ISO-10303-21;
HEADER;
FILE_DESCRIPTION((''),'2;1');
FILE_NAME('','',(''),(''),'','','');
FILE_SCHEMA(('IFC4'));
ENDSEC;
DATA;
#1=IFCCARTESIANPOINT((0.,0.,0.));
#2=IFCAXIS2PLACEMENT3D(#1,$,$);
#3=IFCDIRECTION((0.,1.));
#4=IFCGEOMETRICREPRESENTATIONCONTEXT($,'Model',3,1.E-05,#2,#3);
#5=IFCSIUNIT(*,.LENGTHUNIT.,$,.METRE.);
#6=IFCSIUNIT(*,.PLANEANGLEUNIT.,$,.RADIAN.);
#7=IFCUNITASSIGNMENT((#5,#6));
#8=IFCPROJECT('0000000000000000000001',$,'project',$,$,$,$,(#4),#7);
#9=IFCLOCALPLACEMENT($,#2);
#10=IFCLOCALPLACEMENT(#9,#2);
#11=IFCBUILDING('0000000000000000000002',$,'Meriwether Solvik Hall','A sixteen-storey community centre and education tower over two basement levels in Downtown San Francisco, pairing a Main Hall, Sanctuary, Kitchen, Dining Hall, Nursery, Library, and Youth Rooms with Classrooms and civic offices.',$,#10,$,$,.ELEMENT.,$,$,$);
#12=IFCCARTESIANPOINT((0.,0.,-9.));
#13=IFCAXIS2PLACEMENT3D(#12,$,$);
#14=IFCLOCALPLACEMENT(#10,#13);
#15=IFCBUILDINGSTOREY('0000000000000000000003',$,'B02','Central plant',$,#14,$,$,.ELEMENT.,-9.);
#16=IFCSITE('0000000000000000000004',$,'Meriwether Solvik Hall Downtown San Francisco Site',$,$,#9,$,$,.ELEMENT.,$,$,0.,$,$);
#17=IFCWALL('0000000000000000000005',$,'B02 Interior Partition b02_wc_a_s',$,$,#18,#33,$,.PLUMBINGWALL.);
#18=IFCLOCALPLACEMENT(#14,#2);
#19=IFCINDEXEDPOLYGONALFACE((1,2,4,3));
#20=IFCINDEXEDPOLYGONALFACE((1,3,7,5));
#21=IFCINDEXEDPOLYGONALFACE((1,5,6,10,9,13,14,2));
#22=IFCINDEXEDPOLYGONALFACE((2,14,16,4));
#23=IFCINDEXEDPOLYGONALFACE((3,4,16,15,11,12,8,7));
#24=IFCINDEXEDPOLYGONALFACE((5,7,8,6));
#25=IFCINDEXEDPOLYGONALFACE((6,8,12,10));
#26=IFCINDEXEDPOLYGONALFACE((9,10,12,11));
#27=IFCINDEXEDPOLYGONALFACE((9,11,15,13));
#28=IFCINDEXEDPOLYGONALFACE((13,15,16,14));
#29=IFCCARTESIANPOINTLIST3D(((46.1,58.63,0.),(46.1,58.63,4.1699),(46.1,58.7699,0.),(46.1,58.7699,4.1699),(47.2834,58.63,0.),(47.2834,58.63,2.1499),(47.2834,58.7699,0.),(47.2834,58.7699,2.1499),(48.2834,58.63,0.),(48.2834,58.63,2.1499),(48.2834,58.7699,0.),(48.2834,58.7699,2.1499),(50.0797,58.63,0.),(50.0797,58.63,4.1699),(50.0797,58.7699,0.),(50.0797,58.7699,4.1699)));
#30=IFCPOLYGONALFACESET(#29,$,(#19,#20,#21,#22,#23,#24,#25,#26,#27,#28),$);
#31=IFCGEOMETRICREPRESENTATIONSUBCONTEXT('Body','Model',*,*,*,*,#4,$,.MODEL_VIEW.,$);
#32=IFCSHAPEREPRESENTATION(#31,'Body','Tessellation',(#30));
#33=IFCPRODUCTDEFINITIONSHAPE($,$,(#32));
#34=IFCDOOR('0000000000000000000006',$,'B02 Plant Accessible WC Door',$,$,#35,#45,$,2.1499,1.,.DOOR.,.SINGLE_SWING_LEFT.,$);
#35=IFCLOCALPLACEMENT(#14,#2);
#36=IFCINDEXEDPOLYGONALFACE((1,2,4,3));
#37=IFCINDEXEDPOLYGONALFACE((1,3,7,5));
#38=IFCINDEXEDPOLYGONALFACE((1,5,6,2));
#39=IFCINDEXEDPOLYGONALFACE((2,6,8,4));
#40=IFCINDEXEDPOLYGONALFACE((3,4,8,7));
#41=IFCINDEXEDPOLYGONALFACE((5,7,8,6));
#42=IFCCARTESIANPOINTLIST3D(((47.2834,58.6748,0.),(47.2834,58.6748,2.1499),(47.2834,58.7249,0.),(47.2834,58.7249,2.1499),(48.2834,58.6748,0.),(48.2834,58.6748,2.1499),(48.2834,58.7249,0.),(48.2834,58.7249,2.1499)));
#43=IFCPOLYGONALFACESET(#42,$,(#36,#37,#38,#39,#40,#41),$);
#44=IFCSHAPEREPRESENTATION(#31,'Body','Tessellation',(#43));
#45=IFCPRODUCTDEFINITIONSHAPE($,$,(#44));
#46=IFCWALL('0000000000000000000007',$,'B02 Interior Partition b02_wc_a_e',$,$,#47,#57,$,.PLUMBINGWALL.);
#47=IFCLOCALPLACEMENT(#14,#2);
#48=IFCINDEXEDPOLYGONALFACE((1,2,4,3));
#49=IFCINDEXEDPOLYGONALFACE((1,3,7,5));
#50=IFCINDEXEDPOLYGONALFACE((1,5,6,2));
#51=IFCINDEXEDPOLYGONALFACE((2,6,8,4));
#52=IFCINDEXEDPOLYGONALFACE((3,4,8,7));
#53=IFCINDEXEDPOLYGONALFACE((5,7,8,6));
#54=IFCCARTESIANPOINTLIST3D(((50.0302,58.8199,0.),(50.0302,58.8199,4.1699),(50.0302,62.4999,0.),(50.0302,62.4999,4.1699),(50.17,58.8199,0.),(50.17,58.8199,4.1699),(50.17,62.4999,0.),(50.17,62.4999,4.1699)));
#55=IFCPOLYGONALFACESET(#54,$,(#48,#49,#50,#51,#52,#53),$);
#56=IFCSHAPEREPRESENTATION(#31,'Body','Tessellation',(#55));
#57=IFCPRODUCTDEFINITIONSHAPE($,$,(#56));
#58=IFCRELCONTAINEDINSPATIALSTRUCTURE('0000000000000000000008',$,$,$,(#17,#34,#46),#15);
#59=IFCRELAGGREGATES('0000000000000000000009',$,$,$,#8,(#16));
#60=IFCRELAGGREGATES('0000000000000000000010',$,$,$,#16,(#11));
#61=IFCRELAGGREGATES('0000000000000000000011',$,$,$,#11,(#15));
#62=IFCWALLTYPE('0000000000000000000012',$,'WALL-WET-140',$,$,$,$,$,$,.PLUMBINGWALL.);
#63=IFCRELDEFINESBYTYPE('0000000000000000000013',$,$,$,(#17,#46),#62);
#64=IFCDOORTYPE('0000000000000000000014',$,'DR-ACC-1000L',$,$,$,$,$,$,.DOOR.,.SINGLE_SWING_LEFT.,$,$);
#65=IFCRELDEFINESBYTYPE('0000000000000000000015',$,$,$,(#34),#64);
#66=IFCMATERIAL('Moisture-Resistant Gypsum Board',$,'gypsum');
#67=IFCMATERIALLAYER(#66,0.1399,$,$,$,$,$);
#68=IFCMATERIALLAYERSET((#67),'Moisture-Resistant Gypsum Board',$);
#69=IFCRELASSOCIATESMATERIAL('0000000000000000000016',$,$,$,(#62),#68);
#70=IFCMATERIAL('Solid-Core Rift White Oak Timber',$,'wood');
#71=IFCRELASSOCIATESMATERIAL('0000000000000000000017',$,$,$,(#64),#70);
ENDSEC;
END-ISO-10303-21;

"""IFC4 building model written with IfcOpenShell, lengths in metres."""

from ifc_helpers import new_model, si_unit, direction, frame, frame_2d, origin, place, context, subcontext, project, spatial, rectangle, extrude, material, layer, layer_set, type_object, element, fill, save


model = new_model("IFC4")

# Units and contexts
model_context = context("Model", 3, precision=1e-05, world=origin(), true_north=direction((0.0, 1.0)))
body_context = subcontext(model_context, "Body", "Model", "MODEL_VIEW")
ifc_project = project(units=[si_unit("LENGTHUNIT", "METRE"), si_unit("PLANEANGLEUNIT", "RADIAN")], contexts=[model_context])

# Site, building, storey
site_placement = place(None, origin())
site = spatial("IfcSite", under=ifc_project, at=site_placement, Name="Meriwether Solvik Hall Downtown San Francisco Site", CompositionType="ELEMENT", RefElevation=0.0)
building_placement = place(site_placement, origin())
building = spatial("IfcBuilding", under=site, at=building_placement, Name="Meriwether Solvik Hall", Description="A sixteen-storey community centre and education tower over two basement levels in Downtown San Francisco, pairing a Main Hall, Sanctuary, Kitchen, Dining Hall, Nursery, Library, and Youth Rooms with Classrooms and civic offices.", CompositionType="ELEMENT")
storey_placement = place(building_placement, frame((0.0, 0.0, -9.0)))
storey = spatial("IfcBuildingStorey", under=building, at=storey_placement, Name="B02", Description="Central plant", CompositionType="ELEMENT", Elevation=-9.0)

# Shared definitions
ifc_material_1 = material(Name="Moisture-Resistant Gypsum Board", Category="gypsum")
ifc_layer_1 = layer(ifc_material_1, 0.1399)
ifc_layer_set_1 = layer_set([ifc_layer_1], Name="Moisture-Resistant Gypsum Board")
wall_type = type_object("IfcWallType", Name="WALL-WET-140", PredefinedType="PLUMBINGWALL", material=ifc_layer_set_1)

# Wall, opening, door
wall_1_placement = place(storey_placement, frame((46.1001, 58.7, 0.0), z_axis=(0.0, 0.0, 1.0), x_axis=(1.0, 0.0, 0.0)))
wall_1 = element("IfcWall", 1, at=wall_1_placement, inside=storey, type_object=wall_type, Name="B02 Interior Partition b02_wc_a_s", PredefinedType="PLUMBINGWALL", context=body_context, shape_type="SweptSolid", body=[
    extrude(rectangle(XDim=3.9797, YDim=0.1399, at=frame_2d((1.9897, 0.0))), origin(), (0.0, 0.0, 1.0), 4.1699),
])
opening_1_placement = place(wall_1_placement, frame((1.1833, 0.0, 0.0)))
opening_1 = element("IfcOpeningElement", 2, at=opening_1_placement, cuts=wall_1, PredefinedType="OPENING", context=body_context, shape_type="SweptSolid", body=[
    extrude(rectangle(XDim=1.0, YDim=2.1499, at=frame_2d((0.5, 1.075))), frame((0.0, 0.082, 0.0), z_axis=(0.0, -1.0, 0.0), x_axis=(1.0, 0.0, 0.0)), (0.0, 0.0, 1.0), 0.1638),
])
ifc_material_2 = material(Name="Solid-Core Rift White Oak Timber", Category="wood")
door_type_1 = type_object("IfcDoorType", Name="DR-ACC-1000L", OperationType="SINGLE_SWING_LEFT", PredefinedType="DOOR", material=ifc_material_2)
door_1_placement = place(opening_1_placement, origin())
door_1 = element("IfcDoor", 3, at=door_1_placement, inside=storey, type_object=door_type_1, Name="B02 Plant Accessible WC Door", OperationType="SINGLE_SWING_LEFT", OverallHeight=2.1499, OverallWidth=1.0, PredefinedType="DOOR", context=body_context, shape_type="SweptSolid", body=[
    extrude(rectangle(XDim=1.0, YDim=2.1499, at=frame_2d((0.5, 1.075))), frame((0.0, 0.0249, 0.0), z_axis=(0.0, -1.0, 0.0), x_axis=(1.0, 0.0, 0.0)), (0.0, 0.0, 1.0), 0.05),
])
fill(opening_1, door_1)

# Wall
wall_2_placement = place(storey_placement, frame((50.1001, 58.8201, 0.0), z_axis=(0.0, 0.0, 1.0), x_axis=(0.0, 1.0, 0.0)))
element("IfcWall", 4, at=wall_2_placement, inside=storey, type_object=wall_type, Name="B02 Interior Partition b02_wc_a_e", PredefinedType="PLUMBINGWALL", context=body_context, shape_type="SweptSolid", body=[
    extrude(rectangle(XDim=3.6799, YDim=0.1399, at=frame_2d((1.8398, 0.0))), origin(), (0.0, 0.0, 1.0), 4.1699),
])

save(model, "model.ifc")
